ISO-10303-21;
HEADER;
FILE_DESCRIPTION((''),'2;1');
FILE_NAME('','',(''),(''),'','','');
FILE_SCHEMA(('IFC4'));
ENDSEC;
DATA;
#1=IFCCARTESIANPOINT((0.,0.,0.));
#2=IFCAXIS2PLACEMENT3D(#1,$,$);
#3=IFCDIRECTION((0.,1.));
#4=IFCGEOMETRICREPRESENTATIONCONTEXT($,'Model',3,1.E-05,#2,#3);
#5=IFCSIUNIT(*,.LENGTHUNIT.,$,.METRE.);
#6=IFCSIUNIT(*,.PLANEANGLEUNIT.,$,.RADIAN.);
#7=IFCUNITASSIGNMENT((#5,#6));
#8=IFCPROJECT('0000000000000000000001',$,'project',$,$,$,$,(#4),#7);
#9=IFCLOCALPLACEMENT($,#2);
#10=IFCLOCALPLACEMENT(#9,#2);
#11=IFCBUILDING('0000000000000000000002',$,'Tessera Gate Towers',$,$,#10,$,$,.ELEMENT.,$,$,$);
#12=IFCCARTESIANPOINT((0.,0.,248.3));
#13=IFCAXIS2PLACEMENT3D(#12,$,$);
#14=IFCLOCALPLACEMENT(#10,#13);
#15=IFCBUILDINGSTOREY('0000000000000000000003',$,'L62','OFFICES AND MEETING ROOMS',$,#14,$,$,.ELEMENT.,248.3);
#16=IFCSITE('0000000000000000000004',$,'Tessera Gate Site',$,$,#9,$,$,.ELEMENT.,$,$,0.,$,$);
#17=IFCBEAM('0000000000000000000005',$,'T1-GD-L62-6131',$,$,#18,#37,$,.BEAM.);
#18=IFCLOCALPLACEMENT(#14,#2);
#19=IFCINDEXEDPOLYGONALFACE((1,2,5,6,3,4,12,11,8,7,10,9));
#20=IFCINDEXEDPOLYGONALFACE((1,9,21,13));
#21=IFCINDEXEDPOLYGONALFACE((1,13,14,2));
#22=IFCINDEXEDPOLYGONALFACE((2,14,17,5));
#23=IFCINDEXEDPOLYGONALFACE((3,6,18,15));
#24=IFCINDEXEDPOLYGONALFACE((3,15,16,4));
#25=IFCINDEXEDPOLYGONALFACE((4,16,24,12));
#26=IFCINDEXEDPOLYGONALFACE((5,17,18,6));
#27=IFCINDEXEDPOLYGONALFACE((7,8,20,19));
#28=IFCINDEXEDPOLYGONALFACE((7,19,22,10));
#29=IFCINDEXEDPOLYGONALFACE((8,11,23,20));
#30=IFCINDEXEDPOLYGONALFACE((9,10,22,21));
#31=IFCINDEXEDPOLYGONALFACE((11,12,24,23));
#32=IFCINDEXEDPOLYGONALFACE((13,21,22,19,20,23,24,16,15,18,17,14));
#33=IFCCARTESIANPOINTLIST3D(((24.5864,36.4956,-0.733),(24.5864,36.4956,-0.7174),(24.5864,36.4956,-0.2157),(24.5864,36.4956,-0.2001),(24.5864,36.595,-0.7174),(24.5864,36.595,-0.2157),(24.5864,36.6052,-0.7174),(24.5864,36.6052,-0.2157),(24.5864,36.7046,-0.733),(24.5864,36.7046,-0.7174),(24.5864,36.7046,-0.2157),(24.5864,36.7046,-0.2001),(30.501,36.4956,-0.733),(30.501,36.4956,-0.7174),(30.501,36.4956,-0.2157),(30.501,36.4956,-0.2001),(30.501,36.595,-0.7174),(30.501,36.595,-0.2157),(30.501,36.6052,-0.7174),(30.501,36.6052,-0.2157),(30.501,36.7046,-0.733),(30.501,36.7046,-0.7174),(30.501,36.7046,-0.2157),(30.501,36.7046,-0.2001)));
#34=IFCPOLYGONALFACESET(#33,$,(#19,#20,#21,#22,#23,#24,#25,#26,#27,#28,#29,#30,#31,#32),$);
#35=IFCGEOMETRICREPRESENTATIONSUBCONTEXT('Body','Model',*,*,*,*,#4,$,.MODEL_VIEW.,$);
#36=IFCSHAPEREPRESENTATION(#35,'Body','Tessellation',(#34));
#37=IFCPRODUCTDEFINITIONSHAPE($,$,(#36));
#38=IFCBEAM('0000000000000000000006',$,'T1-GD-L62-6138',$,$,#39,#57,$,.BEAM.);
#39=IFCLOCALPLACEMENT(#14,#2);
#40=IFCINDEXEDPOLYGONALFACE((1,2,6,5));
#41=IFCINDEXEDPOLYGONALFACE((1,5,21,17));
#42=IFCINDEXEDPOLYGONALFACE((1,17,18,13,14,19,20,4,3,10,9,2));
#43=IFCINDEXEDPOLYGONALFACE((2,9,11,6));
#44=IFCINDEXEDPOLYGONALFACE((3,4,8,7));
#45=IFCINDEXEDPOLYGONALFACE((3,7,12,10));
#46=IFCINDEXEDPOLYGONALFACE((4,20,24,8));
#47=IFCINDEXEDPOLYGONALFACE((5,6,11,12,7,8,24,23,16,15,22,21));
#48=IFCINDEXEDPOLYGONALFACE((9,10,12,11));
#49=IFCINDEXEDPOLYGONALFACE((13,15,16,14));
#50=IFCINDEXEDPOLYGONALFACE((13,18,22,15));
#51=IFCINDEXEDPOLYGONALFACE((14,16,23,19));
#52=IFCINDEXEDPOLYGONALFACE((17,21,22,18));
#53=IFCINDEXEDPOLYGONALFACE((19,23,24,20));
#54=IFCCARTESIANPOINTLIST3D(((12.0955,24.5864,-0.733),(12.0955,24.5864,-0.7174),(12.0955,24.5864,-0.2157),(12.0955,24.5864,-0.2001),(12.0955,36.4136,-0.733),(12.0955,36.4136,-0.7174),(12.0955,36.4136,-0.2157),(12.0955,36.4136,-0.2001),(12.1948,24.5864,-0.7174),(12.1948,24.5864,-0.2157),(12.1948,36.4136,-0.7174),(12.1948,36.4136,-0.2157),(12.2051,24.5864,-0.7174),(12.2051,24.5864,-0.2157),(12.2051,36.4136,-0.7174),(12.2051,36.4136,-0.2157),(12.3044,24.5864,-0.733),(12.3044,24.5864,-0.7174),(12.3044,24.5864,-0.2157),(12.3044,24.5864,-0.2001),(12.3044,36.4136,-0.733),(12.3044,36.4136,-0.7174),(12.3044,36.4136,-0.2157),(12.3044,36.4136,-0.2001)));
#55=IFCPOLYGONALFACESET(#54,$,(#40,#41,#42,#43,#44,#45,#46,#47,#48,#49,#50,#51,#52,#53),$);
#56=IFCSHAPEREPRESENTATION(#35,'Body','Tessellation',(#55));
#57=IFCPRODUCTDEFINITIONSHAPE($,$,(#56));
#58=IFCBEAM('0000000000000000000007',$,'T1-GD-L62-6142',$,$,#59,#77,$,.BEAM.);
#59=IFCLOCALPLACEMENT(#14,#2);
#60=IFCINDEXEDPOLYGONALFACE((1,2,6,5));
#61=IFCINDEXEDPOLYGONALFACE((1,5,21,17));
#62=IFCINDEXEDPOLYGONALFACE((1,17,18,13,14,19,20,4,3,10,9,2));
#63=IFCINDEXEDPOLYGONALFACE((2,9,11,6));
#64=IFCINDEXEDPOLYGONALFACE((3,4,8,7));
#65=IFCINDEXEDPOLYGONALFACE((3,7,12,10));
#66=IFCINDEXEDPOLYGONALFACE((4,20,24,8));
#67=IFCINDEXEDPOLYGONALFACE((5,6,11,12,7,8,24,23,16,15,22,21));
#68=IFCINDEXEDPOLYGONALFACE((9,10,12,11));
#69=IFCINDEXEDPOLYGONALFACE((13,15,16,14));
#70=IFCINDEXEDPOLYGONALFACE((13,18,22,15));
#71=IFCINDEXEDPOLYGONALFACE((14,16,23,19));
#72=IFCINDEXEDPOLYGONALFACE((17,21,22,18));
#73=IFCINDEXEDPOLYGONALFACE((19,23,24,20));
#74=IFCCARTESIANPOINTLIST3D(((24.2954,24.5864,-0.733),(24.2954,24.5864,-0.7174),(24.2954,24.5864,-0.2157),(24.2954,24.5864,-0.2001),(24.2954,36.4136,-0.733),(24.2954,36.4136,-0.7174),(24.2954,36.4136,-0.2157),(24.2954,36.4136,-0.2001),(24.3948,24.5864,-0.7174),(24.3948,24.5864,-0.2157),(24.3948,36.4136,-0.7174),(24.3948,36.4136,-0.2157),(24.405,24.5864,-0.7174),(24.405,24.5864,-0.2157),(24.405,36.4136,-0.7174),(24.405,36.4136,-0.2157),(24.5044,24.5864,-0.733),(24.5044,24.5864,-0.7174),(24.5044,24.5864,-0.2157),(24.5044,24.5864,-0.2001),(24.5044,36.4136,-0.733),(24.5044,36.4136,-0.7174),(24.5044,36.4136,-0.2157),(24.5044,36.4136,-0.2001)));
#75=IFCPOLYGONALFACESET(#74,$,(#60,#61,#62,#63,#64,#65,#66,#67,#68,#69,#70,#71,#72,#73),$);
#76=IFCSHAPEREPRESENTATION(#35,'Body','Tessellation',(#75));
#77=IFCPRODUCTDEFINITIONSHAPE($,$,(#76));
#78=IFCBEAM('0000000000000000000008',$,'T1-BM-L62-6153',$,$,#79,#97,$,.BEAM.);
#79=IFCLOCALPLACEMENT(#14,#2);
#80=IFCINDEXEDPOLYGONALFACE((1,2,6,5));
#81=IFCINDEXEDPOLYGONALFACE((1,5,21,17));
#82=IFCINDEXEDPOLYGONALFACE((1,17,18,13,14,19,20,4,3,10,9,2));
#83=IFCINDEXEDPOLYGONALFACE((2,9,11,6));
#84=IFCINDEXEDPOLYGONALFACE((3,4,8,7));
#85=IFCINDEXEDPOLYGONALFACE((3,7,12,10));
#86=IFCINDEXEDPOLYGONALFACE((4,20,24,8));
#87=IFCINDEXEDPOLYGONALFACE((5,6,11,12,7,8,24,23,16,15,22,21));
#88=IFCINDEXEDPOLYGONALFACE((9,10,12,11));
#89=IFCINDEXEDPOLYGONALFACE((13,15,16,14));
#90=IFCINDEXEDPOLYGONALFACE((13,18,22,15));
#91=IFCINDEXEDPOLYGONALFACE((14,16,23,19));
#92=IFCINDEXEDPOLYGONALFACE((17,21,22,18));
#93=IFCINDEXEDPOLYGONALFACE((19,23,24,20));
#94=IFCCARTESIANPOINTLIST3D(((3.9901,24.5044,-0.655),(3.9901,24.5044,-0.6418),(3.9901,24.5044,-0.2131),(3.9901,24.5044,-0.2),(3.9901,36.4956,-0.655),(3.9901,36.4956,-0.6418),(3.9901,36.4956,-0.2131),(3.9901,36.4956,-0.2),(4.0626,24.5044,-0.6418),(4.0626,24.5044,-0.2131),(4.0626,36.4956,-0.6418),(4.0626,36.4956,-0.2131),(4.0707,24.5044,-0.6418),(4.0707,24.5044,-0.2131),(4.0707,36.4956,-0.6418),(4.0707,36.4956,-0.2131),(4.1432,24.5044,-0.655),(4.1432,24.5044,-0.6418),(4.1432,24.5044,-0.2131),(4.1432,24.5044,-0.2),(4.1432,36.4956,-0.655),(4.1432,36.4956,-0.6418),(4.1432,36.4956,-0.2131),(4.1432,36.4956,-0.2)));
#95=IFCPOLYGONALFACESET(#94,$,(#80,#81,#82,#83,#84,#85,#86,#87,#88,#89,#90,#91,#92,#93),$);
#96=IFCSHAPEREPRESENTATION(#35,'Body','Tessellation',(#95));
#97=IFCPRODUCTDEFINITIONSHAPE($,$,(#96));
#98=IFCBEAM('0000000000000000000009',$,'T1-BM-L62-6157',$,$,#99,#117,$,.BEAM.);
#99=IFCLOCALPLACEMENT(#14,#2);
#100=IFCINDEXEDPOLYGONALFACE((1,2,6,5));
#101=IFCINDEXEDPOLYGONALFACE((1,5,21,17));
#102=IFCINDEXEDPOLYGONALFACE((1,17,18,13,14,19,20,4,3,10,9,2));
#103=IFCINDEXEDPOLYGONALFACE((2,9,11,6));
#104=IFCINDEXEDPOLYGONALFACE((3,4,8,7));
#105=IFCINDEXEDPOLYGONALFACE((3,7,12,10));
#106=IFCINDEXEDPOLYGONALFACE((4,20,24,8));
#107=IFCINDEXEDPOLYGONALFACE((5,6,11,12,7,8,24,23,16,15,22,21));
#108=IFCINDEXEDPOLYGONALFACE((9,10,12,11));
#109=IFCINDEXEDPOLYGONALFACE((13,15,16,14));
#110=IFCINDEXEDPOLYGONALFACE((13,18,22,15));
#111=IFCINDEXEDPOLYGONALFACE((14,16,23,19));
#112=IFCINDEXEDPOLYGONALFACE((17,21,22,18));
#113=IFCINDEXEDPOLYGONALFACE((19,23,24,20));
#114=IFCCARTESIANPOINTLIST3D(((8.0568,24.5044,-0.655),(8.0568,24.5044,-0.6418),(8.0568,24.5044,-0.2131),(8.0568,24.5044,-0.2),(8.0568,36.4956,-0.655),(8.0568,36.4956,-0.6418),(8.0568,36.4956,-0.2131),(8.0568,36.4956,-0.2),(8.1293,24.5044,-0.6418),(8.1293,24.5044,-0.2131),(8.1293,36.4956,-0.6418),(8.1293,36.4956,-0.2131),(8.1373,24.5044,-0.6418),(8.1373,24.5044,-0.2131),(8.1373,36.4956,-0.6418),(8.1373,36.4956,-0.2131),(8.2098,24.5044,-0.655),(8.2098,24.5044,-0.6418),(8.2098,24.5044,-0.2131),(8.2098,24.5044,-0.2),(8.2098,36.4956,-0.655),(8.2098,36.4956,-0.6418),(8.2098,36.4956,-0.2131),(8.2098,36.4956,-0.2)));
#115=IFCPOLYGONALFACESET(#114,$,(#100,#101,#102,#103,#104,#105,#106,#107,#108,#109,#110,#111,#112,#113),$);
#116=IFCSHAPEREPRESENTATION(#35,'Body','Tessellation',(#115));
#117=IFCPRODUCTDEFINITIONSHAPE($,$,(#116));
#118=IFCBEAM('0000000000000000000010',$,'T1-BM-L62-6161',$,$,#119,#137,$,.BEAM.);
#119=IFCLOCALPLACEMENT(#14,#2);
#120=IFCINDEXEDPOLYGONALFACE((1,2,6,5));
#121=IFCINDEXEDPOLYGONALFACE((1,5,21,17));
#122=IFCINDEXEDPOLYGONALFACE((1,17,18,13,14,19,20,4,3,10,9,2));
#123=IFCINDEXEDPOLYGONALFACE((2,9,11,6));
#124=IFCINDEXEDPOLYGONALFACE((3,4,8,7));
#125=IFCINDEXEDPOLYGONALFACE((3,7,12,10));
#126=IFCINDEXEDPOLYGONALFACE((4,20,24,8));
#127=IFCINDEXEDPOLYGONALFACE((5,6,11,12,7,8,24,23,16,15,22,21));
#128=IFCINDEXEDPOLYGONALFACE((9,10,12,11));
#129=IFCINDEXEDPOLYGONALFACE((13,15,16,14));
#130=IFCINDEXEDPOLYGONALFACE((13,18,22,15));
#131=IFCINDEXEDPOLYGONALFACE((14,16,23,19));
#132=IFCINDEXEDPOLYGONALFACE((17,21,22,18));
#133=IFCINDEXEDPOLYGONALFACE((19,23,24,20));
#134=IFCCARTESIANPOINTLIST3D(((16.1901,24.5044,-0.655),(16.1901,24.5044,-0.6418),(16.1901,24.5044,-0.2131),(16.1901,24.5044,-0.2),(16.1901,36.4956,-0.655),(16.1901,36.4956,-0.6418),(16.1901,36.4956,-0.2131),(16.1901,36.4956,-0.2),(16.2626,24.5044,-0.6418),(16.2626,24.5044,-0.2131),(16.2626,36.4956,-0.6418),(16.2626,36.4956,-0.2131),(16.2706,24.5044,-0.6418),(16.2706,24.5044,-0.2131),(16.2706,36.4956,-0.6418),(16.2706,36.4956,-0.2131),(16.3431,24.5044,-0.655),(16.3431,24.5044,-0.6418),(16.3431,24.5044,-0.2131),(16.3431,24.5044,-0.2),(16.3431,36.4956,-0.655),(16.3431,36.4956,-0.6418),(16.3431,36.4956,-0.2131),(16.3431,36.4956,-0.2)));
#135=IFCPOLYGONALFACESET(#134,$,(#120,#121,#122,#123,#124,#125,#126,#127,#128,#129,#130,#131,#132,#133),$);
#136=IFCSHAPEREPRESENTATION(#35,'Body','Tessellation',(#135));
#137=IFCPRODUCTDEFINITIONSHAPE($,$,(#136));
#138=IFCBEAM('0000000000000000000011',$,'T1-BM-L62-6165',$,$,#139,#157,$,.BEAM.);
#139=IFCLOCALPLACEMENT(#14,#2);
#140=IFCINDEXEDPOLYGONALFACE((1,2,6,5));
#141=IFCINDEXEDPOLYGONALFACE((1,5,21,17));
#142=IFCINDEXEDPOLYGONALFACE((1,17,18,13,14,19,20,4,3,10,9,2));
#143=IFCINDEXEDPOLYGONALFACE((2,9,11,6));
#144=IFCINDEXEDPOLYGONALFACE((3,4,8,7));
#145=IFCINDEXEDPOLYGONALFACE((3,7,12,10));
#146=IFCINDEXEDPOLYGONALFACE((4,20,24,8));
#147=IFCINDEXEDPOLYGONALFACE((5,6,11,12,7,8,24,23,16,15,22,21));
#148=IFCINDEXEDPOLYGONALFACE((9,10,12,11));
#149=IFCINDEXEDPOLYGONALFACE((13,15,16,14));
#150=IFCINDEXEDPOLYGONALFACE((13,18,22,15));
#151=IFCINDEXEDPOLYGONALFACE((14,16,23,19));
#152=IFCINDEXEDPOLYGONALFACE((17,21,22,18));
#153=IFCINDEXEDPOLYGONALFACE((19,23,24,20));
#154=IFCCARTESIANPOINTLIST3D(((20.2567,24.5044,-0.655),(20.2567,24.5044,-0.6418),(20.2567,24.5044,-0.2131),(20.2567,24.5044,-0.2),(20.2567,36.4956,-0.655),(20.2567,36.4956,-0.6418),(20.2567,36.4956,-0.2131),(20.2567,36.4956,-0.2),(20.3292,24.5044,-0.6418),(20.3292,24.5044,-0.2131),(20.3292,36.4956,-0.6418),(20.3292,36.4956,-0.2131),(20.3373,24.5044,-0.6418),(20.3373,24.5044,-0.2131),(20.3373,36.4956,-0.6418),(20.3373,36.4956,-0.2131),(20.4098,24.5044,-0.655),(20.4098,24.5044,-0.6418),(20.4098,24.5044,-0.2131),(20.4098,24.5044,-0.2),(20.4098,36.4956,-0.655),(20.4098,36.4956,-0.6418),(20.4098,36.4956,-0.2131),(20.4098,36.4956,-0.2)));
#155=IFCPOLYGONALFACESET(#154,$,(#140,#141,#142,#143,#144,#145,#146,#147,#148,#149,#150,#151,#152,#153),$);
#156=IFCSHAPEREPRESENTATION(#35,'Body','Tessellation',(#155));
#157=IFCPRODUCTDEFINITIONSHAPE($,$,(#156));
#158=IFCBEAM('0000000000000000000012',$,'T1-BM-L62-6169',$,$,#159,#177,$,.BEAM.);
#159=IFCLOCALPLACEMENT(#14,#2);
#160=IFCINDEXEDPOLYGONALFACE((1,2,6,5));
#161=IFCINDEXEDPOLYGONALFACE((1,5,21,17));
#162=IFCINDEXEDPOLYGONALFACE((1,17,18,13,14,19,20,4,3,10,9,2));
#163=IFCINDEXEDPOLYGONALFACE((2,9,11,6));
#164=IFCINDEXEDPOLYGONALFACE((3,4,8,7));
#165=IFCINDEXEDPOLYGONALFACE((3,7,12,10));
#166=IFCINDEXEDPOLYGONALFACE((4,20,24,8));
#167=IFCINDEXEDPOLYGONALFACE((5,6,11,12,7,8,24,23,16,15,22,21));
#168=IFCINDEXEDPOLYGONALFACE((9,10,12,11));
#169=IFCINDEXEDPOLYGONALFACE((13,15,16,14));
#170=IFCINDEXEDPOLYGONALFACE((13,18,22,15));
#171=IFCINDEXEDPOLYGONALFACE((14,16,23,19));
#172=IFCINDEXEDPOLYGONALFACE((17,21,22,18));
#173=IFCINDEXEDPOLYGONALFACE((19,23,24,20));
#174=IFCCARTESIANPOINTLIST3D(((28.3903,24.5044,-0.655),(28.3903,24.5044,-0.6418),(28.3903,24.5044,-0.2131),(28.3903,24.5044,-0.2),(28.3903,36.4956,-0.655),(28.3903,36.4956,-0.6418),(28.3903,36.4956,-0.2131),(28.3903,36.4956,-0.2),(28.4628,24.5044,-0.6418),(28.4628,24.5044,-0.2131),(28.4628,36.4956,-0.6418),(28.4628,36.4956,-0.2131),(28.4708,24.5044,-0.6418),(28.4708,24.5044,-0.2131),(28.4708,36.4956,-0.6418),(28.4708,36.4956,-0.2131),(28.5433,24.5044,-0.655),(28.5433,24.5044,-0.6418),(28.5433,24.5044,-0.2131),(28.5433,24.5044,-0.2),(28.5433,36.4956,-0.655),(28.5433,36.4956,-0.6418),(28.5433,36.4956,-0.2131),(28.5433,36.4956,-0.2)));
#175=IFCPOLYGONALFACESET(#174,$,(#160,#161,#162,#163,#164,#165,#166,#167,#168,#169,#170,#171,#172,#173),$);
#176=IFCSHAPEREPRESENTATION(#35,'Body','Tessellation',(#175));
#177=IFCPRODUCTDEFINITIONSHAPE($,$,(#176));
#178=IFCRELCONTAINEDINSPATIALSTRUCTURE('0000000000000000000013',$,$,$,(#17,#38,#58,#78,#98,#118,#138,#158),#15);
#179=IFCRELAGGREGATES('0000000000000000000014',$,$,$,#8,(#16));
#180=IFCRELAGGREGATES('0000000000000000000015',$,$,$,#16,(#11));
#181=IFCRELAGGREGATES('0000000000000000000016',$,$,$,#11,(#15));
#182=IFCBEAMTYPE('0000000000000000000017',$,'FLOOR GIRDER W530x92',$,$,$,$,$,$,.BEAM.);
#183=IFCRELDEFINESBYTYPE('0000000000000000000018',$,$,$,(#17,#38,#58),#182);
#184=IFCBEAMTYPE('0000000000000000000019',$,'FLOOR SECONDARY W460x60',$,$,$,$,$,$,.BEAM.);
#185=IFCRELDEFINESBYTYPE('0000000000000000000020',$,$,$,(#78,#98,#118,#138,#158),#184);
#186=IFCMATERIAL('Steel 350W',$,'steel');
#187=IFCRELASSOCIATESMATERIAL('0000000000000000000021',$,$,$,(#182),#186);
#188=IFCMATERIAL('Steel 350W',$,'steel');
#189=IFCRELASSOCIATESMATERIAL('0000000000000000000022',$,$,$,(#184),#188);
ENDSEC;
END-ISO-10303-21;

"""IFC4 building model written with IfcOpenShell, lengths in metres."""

from ifc_helpers import new_model, si_unit, direction, frame, origin, origin_2d, place, context, subcontext, project, spatial, i_section, extrude, material, material_profile, profile_set, type_object, element, save


model = new_model("IFC4")

# Units and contexts
model_context = context("Model", 3, precision=1e-05, world=origin(), true_north=direction((0.0, 1.0)))
body_context = subcontext(model_context, "Body", "Model", "MODEL_VIEW")
ifc_project = project(units=[si_unit("LENGTHUNIT", "METRE"), si_unit("PLANEANGLEUNIT", "RADIAN")], contexts=[model_context])

# Site, building, storey
site_placement = place(None, origin())
site = spatial("IfcSite", under=ifc_project, at=site_placement, Name="Tessera Gate Site", CompositionType="ELEMENT", RefElevation=0.0)
building_placement = place(site_placement, origin())
building = spatial("IfcBuilding", under=site, at=building_placement, Name="Tessera Gate Towers", CompositionType="ELEMENT")
storey_placement = place(building_placement, frame((0.0, 0.0, 248.3)))
storey = spatial("IfcBuildingStorey", under=building, at=storey_placement, Name="L62", Description="OFFICES AND MEETING ROOMS", CompositionType="ELEMENT", Elevation=248.3)

# Beams
ifc_material_1 = material(Name="Steel 350W", Category="steel")
ifc_material_profile_1 = material_profile(ifc_material_1, i_section(OverallWidth=0.209, OverallDepth=0.533, WebThickness=0.0103, FlangeThickness=0.0156, at=origin_2d()), Name="W530x92")
ifc_profile_set_1 = profile_set([ifc_material_profile_1], Name="Steel 350W")
beam_type_1 = type_object("IfcBeamType", Name="FLOOR GIRDER W530x92", PredefinedType="BEAM", material=ifc_profile_set_1)
beam_1_placement = place(storey_placement, frame((24.5864, 36.6001, -0.4666), z_axis=(1.0, 0.0, 0.0), x_axis=(0.0, 1.0, 0.0)))
element("IfcBeam", 1, at=beam_1_placement, inside=storey, type_object=beam_type_1, Name="T1-GD-L62-6131", PredefinedType="BEAM", context=body_context, shape_type="SweptSolid", body=[
    extrude(i_section(OverallWidth=0.209, OverallDepth=0.533, WebThickness=0.0103, FlangeThickness=0.0156, at=origin_2d()), origin(), (0.0, 0.0, 1.0), 5.9146),
])
for number, where, z_axis, x_axis, name in (
    (2, (12.2, 24.5864, -0.4666), (0.0, 1.0, 0.0), (-1.0, 0.0, 0.0), "T1-GD-L62-6138"),
    (3, (24.3999, 24.5864, -0.4666), (0.0, 1.0, 0.0), (-1.0, 0.0, 0.0), "T1-GD-L62-6142"),
):
    element("IfcBeam", number, at=place(storey_placement, frame(where, z_axis=z_axis, x_axis=x_axis)), inside=storey, type_object=beam_type_1, Name=name, PredefinedType="BEAM", context=body_context, shape_type="SweptSolid", body=[
        extrude(i_section(OverallWidth=0.209, OverallDepth=0.533, WebThickness=0.0103, FlangeThickness=0.0156, at=origin_2d()), origin(), (0.0, 0.0, 1.0), 11.8271),
    ])
ifc_material_2 = material(Name="Steel 350W", Category="steel")
ifc_material_profile_2 = material_profile(ifc_material_2, i_section(OverallWidth=0.1531, OverallDepth=0.4551, WebThickness=0.0081, FlangeThickness=0.0132, at=origin_2d()), Name="W460x60")
ifc_profile_set_2 = profile_set([ifc_material_profile_2], Name="Steel 350W")
beam_type_2 = type_object("IfcBeamType", Name="FLOOR SECONDARY W460x60", PredefinedType="BEAM", material=ifc_profile_set_2)
for number, where, z_axis, x_axis, name in (
    (4, (4.0667, 24.5044, -0.4275), (0.0, 1.0, 0.0), (-1.0, 0.0, 0.0), "T1-BM-L62-6153"),
    (5, (8.1333, 24.5044, -0.4275), (0.0, 1.0, 0.0), (-1.0, 0.0, 0.0), "T1-BM-L62-6157"),
    (6, (16.2666, 24.5044, -0.4275), (0.0, 1.0, 0.0), (-1.0, 0.0, 0.0), "T1-BM-L62-6161"),
    (7, (20.3333, 24.5044, -0.4275), (0.0, 1.0, 0.0), (-1.0, 0.0, 0.0), "T1-BM-L62-6165"),
    (8, (28.4668, 24.5044, -0.4275), (0.0, 1.0, 0.0), (-1.0, 0.0, 0.0), "T1-BM-L62-6169"),
):
    element("IfcBeam", number, at=place(storey_placement, frame(where, z_axis=z_axis, x_axis=x_axis)), inside=storey, type_object=beam_type_2, Name=name, PredefinedType="BEAM", context=body_context, shape_type="SweptSolid", body=[
        extrude(i_section(OverallWidth=0.1531, OverallDepth=0.4551, WebThickness=0.0081, FlangeThickness=0.0132, at=origin_2d()), origin(), (0.0, 0.0, 1.0), 11.9912),
    ])

save(model, "model.ifc")
